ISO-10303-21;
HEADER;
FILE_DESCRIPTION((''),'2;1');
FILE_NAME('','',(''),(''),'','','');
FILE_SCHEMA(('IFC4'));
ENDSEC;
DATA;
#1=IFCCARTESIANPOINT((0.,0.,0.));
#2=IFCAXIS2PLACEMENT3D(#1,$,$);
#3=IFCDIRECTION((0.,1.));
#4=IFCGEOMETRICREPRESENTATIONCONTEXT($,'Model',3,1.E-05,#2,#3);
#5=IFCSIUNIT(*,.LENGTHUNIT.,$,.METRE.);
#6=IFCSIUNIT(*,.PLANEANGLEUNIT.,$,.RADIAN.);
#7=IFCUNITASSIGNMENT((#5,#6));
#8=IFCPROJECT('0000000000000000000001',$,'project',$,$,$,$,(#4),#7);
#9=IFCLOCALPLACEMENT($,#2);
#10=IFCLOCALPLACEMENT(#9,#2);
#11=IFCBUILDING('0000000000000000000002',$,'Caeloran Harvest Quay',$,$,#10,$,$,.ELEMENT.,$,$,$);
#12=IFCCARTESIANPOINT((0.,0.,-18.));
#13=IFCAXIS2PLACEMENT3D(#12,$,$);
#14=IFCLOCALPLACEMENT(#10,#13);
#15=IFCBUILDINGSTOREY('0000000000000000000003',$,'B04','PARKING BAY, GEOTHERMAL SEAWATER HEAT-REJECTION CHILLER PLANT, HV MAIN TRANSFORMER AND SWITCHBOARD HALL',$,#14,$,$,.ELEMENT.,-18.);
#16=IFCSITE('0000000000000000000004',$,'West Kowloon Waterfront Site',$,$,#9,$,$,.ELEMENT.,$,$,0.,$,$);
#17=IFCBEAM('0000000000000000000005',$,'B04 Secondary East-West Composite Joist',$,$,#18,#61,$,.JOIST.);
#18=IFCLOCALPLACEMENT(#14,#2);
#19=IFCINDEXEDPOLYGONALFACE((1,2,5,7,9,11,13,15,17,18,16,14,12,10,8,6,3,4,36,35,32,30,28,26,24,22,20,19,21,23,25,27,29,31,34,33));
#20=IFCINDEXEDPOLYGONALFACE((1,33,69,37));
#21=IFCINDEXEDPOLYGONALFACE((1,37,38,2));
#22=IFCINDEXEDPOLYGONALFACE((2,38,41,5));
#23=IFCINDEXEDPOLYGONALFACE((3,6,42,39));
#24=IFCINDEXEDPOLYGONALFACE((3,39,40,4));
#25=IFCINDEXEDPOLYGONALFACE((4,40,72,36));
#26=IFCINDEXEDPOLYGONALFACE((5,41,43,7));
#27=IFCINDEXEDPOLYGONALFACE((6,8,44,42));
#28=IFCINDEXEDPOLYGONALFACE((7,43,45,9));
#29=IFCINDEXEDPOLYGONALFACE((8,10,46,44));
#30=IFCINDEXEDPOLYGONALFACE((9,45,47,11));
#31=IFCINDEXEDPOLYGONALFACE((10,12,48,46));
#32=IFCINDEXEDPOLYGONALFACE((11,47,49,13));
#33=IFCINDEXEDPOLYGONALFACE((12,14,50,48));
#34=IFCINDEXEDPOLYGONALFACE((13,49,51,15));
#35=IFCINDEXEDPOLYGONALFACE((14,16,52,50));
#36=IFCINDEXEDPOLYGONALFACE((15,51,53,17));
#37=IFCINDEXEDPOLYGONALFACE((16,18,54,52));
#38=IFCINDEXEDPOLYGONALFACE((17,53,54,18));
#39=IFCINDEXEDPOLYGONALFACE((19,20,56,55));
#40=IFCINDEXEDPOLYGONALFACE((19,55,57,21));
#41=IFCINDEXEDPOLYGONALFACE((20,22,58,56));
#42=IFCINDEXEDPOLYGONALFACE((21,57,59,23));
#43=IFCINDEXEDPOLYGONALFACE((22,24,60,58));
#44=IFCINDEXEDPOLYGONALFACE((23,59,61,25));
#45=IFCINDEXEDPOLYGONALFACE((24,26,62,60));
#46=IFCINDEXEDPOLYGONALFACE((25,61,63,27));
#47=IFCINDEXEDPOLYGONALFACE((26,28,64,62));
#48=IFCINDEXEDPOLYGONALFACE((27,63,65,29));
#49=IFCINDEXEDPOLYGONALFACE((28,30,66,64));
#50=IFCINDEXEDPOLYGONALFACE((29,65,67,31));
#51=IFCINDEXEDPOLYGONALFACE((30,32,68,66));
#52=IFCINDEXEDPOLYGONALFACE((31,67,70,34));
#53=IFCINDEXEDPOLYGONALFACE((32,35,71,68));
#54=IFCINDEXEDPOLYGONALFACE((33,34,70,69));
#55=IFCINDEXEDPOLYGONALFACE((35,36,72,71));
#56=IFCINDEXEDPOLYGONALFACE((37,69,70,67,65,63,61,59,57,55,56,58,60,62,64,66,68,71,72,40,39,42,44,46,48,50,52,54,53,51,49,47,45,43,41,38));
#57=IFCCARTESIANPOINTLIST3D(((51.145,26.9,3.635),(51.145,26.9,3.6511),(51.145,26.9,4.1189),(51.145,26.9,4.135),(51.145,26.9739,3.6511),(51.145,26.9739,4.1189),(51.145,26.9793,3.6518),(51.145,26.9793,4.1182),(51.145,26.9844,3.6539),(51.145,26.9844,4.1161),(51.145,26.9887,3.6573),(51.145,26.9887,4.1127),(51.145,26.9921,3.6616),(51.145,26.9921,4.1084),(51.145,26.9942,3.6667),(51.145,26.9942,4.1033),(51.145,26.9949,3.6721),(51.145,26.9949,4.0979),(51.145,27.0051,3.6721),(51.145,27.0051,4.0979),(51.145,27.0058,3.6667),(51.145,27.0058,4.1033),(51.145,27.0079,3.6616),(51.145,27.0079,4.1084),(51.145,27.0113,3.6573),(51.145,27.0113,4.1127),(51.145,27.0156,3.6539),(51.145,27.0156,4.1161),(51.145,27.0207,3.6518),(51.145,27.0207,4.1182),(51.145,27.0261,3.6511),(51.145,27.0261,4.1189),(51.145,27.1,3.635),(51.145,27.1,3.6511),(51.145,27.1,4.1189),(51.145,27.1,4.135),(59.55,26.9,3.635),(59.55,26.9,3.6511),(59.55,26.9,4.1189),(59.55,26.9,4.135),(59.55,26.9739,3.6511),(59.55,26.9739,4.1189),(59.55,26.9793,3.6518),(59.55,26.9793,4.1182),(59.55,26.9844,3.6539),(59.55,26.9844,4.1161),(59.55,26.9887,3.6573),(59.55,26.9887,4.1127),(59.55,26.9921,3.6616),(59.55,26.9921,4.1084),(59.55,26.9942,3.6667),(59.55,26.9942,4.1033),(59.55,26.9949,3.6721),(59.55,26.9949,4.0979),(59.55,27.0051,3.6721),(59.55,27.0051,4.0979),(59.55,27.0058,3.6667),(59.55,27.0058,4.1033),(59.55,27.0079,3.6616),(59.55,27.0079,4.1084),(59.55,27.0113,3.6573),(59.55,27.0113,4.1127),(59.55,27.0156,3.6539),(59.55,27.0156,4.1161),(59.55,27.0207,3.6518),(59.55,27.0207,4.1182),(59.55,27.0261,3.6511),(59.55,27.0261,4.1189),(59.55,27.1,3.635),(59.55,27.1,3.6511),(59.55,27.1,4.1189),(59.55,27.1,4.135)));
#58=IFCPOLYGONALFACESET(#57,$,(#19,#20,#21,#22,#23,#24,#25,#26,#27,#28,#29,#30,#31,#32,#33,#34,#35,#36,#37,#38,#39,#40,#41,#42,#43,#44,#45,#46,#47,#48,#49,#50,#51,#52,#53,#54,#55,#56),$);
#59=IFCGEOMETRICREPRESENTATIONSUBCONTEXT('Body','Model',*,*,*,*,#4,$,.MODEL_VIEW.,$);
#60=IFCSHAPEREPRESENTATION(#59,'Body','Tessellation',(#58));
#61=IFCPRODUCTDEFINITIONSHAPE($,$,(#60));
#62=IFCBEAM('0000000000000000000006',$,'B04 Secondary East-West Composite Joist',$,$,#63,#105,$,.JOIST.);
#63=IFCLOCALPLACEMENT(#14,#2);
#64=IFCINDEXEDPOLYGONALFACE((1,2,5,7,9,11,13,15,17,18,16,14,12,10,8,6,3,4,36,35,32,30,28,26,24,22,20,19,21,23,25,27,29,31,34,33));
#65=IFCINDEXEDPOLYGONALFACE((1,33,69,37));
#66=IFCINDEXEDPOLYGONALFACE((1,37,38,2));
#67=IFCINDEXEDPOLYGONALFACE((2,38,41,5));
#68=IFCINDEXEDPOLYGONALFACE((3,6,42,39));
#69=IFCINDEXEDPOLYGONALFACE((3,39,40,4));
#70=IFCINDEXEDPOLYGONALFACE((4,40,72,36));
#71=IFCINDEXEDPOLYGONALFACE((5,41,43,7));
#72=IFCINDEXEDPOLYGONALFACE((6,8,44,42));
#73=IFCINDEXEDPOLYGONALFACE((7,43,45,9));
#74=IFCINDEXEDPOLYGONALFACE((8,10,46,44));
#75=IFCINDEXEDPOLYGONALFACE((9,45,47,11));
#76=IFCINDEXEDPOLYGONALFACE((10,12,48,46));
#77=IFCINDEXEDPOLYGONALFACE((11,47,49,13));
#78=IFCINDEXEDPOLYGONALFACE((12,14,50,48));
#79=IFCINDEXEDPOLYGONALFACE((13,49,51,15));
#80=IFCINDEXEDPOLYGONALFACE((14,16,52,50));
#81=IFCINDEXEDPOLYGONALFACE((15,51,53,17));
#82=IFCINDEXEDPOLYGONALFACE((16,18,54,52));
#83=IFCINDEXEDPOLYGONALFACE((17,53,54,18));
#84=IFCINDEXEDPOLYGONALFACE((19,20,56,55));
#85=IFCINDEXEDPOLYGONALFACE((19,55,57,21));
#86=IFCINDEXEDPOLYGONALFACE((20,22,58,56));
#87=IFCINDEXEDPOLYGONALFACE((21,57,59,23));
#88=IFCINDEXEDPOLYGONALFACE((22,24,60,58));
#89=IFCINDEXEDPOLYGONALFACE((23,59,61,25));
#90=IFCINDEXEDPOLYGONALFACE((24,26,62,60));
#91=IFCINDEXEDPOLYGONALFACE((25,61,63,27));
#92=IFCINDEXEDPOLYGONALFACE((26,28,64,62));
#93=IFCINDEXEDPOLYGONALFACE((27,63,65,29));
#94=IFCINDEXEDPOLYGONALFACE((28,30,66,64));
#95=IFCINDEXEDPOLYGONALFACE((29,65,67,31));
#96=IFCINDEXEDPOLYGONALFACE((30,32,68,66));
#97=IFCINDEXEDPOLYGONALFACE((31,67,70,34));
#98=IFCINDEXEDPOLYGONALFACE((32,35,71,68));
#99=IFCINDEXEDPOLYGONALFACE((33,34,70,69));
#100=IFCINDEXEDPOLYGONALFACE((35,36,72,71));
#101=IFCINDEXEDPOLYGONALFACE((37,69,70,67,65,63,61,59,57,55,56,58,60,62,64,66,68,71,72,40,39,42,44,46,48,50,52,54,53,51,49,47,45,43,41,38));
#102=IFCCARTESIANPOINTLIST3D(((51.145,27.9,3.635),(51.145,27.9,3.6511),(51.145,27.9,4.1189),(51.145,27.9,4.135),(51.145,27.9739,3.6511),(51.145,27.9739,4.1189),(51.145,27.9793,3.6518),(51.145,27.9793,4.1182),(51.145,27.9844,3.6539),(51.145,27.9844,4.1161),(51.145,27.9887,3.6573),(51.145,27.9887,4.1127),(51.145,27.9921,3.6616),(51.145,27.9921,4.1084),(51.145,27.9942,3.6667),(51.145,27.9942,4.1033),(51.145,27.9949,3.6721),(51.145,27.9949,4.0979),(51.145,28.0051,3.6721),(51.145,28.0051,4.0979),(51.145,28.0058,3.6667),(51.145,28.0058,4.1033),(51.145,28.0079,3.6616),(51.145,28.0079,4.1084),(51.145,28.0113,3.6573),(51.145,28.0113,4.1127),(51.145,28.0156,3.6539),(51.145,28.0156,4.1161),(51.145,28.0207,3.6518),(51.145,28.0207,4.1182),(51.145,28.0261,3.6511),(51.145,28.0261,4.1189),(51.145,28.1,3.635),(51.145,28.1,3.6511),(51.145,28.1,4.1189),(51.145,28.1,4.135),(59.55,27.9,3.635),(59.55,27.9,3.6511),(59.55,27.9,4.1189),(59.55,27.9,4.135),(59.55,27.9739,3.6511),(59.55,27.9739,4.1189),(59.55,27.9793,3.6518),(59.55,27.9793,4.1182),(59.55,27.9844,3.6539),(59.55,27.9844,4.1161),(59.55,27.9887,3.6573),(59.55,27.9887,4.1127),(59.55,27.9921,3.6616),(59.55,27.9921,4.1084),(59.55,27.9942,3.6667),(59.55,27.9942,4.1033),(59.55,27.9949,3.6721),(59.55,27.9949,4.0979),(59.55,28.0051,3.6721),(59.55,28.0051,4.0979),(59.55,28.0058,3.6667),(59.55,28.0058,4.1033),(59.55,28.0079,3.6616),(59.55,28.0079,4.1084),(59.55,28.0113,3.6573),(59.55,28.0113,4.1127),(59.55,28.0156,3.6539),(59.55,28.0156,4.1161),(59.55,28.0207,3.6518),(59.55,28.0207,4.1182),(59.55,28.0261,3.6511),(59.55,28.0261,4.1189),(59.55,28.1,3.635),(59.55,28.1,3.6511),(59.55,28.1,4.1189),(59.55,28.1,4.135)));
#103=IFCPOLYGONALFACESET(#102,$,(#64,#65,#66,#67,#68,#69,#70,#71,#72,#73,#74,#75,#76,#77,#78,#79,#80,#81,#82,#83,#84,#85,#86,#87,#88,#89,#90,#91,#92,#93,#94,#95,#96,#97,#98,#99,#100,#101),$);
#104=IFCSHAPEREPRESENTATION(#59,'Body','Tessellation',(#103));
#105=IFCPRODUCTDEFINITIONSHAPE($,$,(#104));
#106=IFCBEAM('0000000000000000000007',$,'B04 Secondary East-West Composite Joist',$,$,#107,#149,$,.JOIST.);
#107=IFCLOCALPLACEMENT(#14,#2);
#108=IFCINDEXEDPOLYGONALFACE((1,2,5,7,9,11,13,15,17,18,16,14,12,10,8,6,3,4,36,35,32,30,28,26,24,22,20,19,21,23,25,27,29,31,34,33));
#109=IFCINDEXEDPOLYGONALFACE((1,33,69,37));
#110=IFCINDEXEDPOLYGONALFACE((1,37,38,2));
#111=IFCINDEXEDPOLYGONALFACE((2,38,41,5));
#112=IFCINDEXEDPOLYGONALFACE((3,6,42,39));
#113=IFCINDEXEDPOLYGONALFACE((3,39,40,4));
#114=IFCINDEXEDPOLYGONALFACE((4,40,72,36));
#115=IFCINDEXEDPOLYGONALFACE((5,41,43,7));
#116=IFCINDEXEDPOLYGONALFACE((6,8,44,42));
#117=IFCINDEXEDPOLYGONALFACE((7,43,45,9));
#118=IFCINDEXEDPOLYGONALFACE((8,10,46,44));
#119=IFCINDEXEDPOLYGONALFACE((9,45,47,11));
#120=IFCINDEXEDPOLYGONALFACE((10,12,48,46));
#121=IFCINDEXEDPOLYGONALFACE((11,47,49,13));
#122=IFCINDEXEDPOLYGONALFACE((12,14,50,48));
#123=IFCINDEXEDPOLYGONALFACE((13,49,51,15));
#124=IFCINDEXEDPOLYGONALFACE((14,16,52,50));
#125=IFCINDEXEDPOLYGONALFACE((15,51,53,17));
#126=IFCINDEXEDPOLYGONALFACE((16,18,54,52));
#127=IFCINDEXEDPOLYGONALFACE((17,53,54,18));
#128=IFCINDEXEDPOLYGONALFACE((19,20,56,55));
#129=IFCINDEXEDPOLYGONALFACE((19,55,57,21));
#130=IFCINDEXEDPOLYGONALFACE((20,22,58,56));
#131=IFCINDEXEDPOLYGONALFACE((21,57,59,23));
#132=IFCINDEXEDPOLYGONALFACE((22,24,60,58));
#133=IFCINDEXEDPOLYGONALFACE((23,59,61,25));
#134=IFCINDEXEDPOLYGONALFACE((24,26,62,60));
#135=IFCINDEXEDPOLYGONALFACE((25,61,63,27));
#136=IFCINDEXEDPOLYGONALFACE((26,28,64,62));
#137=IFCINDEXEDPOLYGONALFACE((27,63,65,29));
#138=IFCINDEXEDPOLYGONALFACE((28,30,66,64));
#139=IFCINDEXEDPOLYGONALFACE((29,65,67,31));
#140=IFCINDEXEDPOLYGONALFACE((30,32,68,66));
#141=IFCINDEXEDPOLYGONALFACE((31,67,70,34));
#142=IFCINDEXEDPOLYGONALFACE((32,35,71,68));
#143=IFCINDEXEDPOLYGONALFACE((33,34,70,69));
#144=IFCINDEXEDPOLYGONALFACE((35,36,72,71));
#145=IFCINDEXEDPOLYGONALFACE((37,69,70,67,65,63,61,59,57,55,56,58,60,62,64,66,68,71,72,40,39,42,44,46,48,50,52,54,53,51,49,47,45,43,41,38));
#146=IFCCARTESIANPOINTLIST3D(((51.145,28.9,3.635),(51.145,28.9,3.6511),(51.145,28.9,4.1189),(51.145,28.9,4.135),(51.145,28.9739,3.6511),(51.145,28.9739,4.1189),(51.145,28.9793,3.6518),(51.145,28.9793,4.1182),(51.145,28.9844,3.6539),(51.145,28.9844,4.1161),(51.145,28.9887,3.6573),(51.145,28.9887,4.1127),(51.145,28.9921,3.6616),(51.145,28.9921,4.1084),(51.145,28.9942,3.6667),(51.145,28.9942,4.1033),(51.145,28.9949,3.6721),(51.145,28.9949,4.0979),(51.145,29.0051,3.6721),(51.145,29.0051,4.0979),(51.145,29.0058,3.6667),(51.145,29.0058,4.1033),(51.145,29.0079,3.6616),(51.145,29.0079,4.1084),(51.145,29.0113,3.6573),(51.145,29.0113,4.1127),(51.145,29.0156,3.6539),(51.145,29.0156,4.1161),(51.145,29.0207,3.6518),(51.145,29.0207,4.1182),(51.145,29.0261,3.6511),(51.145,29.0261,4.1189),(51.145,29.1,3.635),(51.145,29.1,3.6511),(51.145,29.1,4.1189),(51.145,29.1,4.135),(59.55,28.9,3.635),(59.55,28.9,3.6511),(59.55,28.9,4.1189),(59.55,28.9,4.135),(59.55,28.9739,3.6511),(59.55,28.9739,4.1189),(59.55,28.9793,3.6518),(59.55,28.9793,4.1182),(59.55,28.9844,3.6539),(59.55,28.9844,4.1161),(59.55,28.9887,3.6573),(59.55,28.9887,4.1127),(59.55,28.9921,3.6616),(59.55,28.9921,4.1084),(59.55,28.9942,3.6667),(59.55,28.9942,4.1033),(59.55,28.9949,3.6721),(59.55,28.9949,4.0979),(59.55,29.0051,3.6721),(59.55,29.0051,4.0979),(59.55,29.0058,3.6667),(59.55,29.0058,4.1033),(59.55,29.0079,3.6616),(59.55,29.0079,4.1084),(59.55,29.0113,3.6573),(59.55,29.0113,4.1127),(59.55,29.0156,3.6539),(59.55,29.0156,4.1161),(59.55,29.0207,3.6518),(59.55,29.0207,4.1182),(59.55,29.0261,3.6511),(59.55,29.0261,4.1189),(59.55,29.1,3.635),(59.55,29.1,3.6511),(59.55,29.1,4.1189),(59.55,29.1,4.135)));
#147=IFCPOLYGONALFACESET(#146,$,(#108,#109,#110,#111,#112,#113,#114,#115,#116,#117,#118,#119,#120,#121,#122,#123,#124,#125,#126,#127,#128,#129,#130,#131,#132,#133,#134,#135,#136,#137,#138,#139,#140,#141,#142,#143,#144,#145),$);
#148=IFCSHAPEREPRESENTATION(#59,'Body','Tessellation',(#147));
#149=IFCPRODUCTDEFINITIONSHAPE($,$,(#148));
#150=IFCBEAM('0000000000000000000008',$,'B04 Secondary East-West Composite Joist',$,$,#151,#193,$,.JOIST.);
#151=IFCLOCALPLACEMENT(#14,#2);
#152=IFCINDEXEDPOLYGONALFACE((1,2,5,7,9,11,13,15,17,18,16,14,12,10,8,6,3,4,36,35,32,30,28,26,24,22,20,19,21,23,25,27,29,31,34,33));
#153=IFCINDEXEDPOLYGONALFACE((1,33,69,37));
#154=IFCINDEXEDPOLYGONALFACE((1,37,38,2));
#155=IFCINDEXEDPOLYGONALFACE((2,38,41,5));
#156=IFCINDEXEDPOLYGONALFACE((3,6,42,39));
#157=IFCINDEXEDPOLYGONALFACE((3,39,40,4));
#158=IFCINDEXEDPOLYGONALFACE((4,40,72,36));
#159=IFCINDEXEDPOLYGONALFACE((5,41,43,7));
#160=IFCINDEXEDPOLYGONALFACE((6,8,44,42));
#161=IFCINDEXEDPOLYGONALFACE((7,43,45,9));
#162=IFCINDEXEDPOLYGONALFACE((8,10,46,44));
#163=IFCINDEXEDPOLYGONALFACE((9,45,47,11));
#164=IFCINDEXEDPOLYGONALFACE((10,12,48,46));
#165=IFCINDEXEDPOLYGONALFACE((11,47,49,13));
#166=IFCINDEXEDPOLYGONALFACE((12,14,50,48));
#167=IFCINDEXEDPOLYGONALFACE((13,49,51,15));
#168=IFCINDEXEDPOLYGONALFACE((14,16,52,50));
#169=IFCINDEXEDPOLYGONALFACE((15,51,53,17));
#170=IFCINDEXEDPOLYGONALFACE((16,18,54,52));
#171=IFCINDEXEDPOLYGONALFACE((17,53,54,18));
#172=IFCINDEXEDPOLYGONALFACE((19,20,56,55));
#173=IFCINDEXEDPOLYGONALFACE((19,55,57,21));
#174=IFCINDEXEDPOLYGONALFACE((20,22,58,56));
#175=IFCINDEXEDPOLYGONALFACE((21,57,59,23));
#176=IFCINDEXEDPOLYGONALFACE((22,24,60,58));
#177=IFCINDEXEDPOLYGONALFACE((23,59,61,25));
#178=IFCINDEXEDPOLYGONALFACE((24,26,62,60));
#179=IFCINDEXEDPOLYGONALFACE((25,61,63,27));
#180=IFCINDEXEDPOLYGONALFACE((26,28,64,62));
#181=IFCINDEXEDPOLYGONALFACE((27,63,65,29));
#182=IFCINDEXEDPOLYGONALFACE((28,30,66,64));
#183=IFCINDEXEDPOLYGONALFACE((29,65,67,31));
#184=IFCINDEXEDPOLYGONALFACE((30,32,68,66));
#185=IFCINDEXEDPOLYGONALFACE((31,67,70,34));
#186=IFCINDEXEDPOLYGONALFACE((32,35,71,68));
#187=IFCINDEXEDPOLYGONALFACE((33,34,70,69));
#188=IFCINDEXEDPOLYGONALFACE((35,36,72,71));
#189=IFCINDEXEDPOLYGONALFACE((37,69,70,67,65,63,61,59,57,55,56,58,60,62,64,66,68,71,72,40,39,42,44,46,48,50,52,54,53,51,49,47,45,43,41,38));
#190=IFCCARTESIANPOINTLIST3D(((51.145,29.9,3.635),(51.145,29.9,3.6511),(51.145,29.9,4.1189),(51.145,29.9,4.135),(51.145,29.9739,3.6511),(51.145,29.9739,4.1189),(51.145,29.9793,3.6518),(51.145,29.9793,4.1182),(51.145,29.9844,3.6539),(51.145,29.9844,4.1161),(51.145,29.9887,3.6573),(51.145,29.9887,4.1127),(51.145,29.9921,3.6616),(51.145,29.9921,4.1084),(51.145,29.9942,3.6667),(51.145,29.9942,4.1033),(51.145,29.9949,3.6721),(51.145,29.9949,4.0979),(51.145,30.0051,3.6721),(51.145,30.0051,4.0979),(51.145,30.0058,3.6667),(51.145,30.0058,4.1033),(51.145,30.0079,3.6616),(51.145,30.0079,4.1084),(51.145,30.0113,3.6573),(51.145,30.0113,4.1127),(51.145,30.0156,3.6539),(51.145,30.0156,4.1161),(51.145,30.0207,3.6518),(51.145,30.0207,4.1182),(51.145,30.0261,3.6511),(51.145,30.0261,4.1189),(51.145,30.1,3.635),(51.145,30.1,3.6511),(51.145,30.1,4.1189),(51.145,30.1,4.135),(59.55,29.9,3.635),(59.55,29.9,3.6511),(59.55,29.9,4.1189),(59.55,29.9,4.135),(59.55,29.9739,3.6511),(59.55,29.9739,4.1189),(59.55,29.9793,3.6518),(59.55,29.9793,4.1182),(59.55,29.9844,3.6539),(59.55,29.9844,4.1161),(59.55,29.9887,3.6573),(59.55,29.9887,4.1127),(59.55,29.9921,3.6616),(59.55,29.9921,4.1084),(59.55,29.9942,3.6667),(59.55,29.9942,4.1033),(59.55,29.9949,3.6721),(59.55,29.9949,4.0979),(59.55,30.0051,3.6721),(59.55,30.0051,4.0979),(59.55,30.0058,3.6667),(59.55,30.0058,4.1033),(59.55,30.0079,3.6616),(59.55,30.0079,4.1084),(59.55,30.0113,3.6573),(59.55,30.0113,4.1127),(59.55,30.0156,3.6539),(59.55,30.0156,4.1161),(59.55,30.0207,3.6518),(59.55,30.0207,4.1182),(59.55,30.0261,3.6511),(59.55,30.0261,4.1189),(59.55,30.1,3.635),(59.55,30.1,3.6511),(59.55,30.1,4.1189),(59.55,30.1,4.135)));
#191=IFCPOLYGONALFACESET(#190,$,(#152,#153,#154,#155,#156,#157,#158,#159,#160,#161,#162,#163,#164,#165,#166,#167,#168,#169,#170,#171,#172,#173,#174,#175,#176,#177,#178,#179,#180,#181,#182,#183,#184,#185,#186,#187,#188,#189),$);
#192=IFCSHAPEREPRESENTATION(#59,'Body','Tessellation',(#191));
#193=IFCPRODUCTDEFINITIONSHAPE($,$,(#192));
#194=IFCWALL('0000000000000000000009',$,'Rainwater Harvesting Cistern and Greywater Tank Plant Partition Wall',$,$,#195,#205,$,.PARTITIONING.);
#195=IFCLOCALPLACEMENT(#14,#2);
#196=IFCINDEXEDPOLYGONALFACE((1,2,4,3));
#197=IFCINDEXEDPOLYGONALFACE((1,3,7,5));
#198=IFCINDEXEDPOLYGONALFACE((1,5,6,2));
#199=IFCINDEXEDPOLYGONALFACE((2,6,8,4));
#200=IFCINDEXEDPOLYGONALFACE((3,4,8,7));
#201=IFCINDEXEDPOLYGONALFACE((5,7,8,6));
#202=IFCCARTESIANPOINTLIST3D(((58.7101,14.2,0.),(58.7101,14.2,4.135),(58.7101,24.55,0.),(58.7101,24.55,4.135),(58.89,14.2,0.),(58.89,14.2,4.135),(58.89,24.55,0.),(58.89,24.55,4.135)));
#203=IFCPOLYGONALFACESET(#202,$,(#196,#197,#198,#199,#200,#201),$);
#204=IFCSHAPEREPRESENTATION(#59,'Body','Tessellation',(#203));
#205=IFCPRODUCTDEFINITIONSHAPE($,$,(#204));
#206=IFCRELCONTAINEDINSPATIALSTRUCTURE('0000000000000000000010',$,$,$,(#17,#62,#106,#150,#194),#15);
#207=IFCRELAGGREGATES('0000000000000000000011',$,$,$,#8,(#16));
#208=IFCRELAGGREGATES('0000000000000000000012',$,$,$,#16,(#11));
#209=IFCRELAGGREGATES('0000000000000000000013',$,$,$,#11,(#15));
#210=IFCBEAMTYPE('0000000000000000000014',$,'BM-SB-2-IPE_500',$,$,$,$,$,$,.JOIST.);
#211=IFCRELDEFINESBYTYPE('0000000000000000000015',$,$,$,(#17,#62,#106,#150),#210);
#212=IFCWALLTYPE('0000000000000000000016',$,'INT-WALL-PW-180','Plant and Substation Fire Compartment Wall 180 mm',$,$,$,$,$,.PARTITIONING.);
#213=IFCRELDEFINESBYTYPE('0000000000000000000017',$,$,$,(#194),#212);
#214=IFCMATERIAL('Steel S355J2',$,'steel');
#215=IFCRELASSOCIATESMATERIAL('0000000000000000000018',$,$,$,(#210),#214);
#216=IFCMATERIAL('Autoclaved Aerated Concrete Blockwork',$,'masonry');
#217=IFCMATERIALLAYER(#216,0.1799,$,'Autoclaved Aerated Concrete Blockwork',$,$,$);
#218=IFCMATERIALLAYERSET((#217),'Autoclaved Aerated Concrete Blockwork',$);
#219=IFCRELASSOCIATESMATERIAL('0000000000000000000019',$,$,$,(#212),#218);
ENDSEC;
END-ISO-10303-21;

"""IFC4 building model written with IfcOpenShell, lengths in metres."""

from ifc_helpers import new_model, si_unit, direction, frame, frame_2d, origin, origin_2d, place, context, subcontext, project, spatial, rectangle, i_section, extrude, material, layer, layer_set, material_profile, profile_set, type_object, element, save


model = new_model("IFC4")

# Units and contexts
model_context = context("Model", 3, precision=1e-05, world=origin(), true_north=direction((0.0, 1.0)))
body_context = subcontext(model_context, "Body", "Model", "MODEL_VIEW")
ifc_project = project(units=[si_unit("LENGTHUNIT", "METRE"), si_unit("PLANEANGLEUNIT", "RADIAN")], contexts=[model_context])

# Site, building, storey
site_placement = place(None, origin())
site = spatial("IfcSite", under=ifc_project, at=site_placement, Name="West Kowloon Waterfront Site", CompositionType="ELEMENT", RefElevation=0.0)
building_placement = place(site_placement, origin())
building = spatial("IfcBuilding", under=site, at=building_placement, Name="Caeloran Harvest Quay", CompositionType="ELEMENT")
storey_placement = place(building_placement, frame((0.0, 0.0, -18.0)))
storey = spatial("IfcBuildingStorey", under=building, at=storey_placement, Name="B04", Description="PARKING BAY, GEOTHERMAL SEAWATER HEAT-REJECTION CHILLER PLANT, HV MAIN TRANSFORMER AND SWITCHBOARD HALL", CompositionType="ELEMENT", Elevation=-18.0)

# Beams
ifc_material_1 = material(Name="Steel S355J2", Category="steel")
ifc_material_profile_1 = material_profile(ifc_material_1, i_section(OverallWidth=0.2, OverallDepth=0.5, WebThickness=0.0103, FlangeThickness=0.0161, FilletRadius=0.021, at=origin_2d()), Name="IPE 500")
ifc_profile_set_1 = profile_set([ifc_material_profile_1], Name="Steel S355J2")
beam_type_1 = type_object("IfcBeamType", Name="BM-SB-2-IPE_500", PredefinedType="JOIST", material=ifc_profile_set_1)
for number, where, z_axis, x_axis, name in (
    (1, (51.145, 27.0, 3.885), (1.0, 0.0, 0.0), (0.0, 1.0, 0.0), "B04 Secondary East-West Composite Joist"),
    (2, (51.145, 28.0, 3.885), (1.0, 0.0, 0.0), (0.0, 1.0, 0.0), "B04 Secondary East-West Composite Joist"),
    (3, (51.145, 29.0, 3.885), (1.0, 0.0, 0.0), (0.0, 1.0, 0.0), "B04 Secondary East-West Composite Joist"),
    (4, (51.145, 30.0, 3.885), (1.0, 0.0, 0.0), (0.0, 1.0, 0.0), "B04 Secondary East-West Composite Joist"),
):
    element("IfcBeam", number, at=place(storey_placement, frame(where, z_axis=z_axis, x_axis=x_axis)), inside=storey, type_object=beam_type_1, Name=name, PredefinedType="JOIST", context=body_context, shape_type="SweptSolid", body=[
        extrude(i_section(OverallWidth=0.2, OverallDepth=0.5, WebThickness=0.0103, FlangeThickness=0.0161, FilletRadius=0.021, at=origin_2d()), origin(), (0.0, 0.0, 1.0), 8.405),
    ])

# Wall
ifc_material_2 = material(Name="Autoclaved Aerated Concrete Blockwork", Category="masonry")
ifc_layer = layer(ifc_material_2, 0.1799, Name="Autoclaved Aerated Concrete Blockwork")
ifc_layer_set = layer_set([ifc_layer], Name="Autoclaved Aerated Concrete Blockwork")
wall_type = type_object("IfcWallType", Name="INT-WALL-PW-180", Description="Plant and Substation Fire Compartment Wall 180 mm", PredefinedType="PARTITIONING", material=ifc_layer_set)
wall_1_placement = place(storey_placement, frame((58.8, 24.55, 0.0), z_axis=(0.0, 0.0, 1.0), x_axis=(0.0, -1.0, 0.0)))
element("IfcWall", 5, at=wall_1_placement, inside=storey, type_object=wall_type, Name="Rainwater Harvesting Cistern and Greywater Tank Plant Partition Wall", PredefinedType="PARTITIONING", context=body_context, shape_type="SweptSolid", body=[
    extrude(rectangle(XDim=10.3501, YDim=0.1799, at=frame_2d((5.175, 0.0))), origin(), (0.0, 0.0, 1.0), 4.135),
])

save(model, "model.ifc")
